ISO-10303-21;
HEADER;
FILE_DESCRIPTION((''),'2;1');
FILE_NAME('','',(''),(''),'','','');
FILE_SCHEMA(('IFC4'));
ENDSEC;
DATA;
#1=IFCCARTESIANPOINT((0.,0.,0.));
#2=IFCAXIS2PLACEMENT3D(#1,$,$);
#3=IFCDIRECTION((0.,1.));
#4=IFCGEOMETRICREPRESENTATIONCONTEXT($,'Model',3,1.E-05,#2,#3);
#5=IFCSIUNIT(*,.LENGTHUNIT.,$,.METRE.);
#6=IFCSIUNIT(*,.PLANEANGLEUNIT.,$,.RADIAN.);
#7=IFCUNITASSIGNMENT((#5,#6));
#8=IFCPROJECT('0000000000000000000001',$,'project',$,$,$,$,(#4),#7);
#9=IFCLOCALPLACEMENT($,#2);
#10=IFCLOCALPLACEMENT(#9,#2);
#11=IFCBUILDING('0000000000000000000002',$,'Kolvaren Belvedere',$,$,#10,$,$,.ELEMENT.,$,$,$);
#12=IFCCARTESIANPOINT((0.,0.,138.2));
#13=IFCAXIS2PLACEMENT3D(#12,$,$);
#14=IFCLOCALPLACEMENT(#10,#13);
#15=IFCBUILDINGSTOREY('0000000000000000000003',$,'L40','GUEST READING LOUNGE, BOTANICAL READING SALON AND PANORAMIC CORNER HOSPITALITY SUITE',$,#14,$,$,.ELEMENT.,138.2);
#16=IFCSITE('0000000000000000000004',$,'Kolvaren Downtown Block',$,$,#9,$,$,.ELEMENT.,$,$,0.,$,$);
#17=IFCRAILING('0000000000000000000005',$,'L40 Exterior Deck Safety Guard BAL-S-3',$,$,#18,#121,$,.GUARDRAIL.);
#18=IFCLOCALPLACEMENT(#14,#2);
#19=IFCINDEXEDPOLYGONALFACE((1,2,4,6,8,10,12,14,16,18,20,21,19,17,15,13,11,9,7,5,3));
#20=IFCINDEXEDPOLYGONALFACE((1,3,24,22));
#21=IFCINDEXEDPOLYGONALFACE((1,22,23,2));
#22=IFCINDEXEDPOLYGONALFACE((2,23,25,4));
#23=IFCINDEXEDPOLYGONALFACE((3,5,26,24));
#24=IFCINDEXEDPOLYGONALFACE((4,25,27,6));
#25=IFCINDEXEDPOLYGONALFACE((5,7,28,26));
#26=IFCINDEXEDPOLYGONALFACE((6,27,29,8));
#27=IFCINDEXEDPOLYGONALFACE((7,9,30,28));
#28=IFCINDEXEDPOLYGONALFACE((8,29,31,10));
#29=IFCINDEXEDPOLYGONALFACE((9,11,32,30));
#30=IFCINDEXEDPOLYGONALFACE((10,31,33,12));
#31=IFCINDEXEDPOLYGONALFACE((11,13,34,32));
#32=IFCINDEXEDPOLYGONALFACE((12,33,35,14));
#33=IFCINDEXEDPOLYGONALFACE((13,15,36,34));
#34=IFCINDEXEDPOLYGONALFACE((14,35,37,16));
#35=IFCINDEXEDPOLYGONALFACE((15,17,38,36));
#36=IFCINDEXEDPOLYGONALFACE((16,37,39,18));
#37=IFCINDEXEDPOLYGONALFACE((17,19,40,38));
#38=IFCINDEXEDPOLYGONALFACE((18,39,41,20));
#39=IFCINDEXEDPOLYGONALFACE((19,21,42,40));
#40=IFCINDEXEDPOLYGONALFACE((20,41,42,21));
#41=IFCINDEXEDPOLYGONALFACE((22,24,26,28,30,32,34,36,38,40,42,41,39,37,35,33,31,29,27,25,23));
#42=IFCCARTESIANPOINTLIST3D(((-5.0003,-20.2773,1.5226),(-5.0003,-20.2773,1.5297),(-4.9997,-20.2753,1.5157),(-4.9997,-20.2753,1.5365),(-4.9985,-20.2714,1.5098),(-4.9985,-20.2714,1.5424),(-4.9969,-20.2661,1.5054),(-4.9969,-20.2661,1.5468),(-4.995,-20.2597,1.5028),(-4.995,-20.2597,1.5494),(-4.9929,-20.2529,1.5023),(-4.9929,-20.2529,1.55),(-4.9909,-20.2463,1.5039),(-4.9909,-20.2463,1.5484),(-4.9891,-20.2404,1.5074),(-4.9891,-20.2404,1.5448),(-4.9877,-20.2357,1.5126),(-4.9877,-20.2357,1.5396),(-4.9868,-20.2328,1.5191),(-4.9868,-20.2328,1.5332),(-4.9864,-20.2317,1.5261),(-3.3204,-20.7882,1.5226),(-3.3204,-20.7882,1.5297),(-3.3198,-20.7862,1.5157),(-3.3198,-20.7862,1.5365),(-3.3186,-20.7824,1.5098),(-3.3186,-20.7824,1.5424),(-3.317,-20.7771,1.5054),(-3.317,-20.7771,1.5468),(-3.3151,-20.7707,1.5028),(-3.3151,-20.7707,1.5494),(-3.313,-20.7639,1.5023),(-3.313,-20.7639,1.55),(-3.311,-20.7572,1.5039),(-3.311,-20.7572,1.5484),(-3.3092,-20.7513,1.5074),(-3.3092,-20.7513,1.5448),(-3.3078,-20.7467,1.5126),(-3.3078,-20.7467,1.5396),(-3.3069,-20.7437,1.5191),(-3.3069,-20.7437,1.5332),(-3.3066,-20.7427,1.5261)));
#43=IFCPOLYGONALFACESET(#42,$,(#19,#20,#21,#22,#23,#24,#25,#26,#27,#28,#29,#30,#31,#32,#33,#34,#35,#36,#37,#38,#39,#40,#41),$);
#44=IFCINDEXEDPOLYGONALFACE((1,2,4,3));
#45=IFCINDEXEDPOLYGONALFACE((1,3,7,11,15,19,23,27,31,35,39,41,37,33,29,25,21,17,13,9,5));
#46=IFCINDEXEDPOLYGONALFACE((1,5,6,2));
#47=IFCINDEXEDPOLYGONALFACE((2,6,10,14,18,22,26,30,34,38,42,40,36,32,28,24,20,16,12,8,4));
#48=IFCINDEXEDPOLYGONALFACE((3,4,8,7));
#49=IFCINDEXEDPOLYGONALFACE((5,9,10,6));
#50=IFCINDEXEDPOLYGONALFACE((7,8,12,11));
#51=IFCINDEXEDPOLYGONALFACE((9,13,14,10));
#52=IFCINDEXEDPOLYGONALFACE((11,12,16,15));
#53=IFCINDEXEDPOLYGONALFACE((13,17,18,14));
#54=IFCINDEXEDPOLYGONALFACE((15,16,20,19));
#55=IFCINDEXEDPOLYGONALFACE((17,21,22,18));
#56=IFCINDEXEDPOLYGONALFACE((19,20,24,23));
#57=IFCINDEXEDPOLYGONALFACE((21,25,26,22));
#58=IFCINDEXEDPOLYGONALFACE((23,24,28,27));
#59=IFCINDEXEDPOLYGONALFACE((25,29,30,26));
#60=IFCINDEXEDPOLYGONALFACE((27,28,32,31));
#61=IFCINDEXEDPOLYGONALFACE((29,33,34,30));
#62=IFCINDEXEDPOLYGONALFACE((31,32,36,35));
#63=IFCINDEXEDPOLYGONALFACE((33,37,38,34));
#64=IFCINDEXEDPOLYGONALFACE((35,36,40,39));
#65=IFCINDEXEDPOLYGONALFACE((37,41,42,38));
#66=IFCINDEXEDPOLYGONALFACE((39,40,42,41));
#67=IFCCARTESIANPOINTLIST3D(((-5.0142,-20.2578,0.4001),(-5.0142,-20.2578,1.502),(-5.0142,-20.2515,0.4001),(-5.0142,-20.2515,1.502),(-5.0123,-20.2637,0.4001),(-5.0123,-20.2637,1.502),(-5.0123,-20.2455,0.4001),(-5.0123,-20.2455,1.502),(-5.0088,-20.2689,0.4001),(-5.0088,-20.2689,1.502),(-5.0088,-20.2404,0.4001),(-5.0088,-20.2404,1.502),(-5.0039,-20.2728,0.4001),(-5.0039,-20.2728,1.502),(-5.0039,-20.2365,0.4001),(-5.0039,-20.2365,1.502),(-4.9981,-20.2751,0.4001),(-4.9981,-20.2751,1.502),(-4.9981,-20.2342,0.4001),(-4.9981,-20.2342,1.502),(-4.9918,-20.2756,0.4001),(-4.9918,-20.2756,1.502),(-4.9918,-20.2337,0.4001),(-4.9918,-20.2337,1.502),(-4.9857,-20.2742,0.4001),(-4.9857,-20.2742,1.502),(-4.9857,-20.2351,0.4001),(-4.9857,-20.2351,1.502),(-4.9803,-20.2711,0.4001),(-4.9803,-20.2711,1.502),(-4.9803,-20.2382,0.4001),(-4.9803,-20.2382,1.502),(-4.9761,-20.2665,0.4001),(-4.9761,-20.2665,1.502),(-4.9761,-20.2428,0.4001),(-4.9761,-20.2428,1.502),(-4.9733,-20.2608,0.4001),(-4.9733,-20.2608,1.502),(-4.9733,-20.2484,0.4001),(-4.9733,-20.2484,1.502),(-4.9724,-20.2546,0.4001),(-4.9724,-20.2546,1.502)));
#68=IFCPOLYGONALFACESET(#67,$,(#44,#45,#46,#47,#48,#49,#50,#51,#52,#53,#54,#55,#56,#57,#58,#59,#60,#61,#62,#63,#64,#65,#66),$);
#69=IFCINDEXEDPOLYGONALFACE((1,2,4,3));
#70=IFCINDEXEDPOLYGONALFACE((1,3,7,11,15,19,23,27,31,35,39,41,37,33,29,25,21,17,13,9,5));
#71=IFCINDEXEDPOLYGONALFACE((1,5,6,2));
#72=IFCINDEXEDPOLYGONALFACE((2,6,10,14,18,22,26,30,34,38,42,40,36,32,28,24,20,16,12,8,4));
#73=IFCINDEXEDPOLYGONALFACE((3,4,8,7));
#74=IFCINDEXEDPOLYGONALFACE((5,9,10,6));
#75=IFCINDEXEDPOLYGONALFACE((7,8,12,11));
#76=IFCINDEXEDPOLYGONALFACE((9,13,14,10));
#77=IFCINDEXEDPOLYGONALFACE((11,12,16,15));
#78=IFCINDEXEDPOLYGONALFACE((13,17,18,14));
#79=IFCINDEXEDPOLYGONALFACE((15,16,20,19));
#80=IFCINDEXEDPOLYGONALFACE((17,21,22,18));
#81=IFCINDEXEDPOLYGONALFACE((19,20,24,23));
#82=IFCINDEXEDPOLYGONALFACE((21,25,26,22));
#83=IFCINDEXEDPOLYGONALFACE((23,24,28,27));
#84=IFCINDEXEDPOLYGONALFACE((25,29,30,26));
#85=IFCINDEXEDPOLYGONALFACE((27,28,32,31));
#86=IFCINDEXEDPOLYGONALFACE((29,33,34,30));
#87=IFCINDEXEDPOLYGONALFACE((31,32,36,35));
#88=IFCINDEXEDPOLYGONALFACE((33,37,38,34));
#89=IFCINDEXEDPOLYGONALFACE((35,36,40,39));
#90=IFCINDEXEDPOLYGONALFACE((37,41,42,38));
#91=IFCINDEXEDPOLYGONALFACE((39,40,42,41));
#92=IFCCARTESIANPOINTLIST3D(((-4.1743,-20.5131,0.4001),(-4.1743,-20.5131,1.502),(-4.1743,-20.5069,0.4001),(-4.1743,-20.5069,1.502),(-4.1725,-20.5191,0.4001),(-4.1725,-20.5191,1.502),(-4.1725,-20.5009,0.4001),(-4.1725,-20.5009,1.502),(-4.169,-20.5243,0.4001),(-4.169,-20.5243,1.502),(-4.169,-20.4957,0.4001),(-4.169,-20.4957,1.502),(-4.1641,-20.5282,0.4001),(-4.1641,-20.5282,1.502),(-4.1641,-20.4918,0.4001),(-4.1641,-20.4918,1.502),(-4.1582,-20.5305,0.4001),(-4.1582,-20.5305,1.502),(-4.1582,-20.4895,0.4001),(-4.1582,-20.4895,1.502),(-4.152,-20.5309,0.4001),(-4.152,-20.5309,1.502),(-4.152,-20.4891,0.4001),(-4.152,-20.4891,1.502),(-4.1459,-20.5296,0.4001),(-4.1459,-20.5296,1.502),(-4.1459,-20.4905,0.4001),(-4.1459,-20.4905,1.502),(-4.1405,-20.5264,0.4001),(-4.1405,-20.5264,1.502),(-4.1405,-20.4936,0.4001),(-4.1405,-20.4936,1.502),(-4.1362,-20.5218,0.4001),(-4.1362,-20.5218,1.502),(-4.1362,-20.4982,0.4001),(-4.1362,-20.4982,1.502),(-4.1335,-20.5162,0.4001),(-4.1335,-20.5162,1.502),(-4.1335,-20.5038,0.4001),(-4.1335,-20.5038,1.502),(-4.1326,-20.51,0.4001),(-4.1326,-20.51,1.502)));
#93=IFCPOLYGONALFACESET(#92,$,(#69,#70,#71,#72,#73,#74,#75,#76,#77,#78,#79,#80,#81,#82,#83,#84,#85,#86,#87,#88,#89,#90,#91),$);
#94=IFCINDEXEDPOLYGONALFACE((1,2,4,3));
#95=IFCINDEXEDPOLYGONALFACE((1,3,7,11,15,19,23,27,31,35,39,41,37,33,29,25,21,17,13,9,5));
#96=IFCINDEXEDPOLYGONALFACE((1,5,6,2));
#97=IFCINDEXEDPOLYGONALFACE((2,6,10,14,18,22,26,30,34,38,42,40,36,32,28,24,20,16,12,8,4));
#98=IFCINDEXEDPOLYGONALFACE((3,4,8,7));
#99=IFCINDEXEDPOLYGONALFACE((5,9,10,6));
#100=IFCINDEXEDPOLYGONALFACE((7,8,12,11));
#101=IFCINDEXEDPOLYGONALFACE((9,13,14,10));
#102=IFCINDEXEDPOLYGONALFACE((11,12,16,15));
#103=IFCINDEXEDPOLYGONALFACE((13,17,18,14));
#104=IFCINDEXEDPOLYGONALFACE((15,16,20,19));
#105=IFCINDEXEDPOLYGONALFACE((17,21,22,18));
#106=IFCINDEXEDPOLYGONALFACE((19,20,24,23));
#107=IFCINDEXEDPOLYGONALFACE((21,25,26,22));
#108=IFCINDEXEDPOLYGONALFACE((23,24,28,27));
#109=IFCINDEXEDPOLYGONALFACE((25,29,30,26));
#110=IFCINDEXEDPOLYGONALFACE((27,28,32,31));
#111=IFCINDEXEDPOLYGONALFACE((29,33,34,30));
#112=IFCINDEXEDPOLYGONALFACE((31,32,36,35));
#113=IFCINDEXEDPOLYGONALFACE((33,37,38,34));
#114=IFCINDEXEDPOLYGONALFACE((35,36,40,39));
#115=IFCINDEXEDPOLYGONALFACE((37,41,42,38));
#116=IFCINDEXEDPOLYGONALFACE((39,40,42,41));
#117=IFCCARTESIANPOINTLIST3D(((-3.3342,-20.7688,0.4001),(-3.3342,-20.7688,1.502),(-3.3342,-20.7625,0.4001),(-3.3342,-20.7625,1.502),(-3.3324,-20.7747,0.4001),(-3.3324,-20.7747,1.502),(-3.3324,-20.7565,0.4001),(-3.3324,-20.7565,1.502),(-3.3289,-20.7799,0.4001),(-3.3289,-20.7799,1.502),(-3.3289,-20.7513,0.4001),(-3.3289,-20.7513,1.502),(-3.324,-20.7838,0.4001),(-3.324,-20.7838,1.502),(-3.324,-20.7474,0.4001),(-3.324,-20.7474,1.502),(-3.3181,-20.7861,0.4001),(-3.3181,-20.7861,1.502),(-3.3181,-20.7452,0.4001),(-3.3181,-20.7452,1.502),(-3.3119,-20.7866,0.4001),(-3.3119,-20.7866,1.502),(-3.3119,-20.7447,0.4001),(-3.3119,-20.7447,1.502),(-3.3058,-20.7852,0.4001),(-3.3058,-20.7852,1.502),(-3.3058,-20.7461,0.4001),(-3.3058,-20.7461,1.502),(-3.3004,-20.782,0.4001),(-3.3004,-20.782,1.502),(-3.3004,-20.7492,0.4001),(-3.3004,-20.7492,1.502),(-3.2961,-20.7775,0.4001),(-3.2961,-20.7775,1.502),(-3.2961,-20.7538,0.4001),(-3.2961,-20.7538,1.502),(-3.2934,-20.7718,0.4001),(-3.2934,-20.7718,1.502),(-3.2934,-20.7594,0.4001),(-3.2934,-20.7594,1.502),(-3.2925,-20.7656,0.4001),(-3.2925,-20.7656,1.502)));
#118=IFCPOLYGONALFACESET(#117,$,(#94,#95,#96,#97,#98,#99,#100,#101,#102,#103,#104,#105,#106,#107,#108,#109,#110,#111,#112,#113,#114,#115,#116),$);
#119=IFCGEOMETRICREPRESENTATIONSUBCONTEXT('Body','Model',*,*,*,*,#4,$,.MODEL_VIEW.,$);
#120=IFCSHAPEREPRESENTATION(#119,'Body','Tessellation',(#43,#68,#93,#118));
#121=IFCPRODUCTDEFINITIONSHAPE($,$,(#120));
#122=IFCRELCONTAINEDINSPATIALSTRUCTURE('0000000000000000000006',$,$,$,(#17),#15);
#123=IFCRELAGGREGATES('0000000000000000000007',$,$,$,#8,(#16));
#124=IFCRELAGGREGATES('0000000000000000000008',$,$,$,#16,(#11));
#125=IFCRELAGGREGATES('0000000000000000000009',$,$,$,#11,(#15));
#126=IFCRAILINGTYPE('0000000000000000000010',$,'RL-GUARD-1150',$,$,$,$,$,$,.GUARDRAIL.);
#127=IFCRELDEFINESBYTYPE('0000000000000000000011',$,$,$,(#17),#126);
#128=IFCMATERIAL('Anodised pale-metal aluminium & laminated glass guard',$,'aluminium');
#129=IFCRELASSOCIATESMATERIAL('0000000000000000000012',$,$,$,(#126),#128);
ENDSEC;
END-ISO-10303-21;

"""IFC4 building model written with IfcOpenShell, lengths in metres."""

from ifc_helpers import new_model, si_unit, direction, frame, origin, origin_2d, place, context, subcontext, project, spatial, circle, extrude, material, type_object, element, save


model = new_model("IFC4")

# Units and contexts
model_context = context("Model", 3, precision=1e-05, world=origin(), true_north=direction((0.0, 1.0)))
body_context = subcontext(model_context, "Body", "Model", "MODEL_VIEW")
ifc_project = project(units=[si_unit("LENGTHUNIT", "METRE"), si_unit("PLANEANGLEUNIT", "RADIAN")], contexts=[model_context])

# Site, building, storey
site_placement = place(None, origin())
site = spatial("IfcSite", under=ifc_project, at=site_placement, Name="Kolvaren Downtown Block", CompositionType="ELEMENT", RefElevation=0.0)
building_placement = place(site_placement, origin())
building = spatial("IfcBuilding", under=site, at=building_placement, Name="Kolvaren Belvedere", CompositionType="ELEMENT")
storey_placement = place(building_placement, frame((0.0, 0.0, 138.2)))
storey = spatial("IfcBuildingStorey", under=building, at=storey_placement, Name="L40", Description="GUEST READING LOUNGE, BOTANICAL READING SALON AND PANORAMIC CORNER HOSPITALITY SUITE", CompositionType="ELEMENT", Elevation=138.2)

# Railing
ifc_material_1 = material(Name="Anodised pale-metal aluminium & laminated glass guard", Category="aluminium")
railing_type = type_object("IfcRailingType", Name="RL-GUARD-1150", PredefinedType="GUARDRAIL", material=ifc_material_1)
railing_1_placement = place(storey_placement, frame((-4.9934, -20.2546, 0.4001)))
element("IfcRailing", 1, at=railing_1_placement, inside=storey, type_object=railing_type, Name="L40 Exterior Deck Safety Guard BAL-S-3", PredefinedType="GUARDRAIL", context=body_context, shape_type="SweptSolid", body=[
    extrude(circle(Radius=0.0239, at=origin_2d()), frame((0.0, 0.0, 1.126), z_axis=(0.956721, -0.291007, 0.0), x_axis=(0.291007, 0.956721, 0.0)), (0.0, 0.0, 1.0), 1.7559),
    extrude(circle(Radius=0.021, at=origin_2d()), origin(), (0.0, 0.0, 1.0), 1.1018),
    extrude(circle(Radius=0.021, at=origin_2d()), frame((0.8398, -0.2554, 0.0)), (0.0, 0.0, 1.0), 1.1018),
    extrude(circle(Radius=0.021, at=origin_2d()), frame((1.6799, -0.511, 0.0)), (0.0, 0.0, 1.0), 1.1018),
])

save(model, "model.ifc")
